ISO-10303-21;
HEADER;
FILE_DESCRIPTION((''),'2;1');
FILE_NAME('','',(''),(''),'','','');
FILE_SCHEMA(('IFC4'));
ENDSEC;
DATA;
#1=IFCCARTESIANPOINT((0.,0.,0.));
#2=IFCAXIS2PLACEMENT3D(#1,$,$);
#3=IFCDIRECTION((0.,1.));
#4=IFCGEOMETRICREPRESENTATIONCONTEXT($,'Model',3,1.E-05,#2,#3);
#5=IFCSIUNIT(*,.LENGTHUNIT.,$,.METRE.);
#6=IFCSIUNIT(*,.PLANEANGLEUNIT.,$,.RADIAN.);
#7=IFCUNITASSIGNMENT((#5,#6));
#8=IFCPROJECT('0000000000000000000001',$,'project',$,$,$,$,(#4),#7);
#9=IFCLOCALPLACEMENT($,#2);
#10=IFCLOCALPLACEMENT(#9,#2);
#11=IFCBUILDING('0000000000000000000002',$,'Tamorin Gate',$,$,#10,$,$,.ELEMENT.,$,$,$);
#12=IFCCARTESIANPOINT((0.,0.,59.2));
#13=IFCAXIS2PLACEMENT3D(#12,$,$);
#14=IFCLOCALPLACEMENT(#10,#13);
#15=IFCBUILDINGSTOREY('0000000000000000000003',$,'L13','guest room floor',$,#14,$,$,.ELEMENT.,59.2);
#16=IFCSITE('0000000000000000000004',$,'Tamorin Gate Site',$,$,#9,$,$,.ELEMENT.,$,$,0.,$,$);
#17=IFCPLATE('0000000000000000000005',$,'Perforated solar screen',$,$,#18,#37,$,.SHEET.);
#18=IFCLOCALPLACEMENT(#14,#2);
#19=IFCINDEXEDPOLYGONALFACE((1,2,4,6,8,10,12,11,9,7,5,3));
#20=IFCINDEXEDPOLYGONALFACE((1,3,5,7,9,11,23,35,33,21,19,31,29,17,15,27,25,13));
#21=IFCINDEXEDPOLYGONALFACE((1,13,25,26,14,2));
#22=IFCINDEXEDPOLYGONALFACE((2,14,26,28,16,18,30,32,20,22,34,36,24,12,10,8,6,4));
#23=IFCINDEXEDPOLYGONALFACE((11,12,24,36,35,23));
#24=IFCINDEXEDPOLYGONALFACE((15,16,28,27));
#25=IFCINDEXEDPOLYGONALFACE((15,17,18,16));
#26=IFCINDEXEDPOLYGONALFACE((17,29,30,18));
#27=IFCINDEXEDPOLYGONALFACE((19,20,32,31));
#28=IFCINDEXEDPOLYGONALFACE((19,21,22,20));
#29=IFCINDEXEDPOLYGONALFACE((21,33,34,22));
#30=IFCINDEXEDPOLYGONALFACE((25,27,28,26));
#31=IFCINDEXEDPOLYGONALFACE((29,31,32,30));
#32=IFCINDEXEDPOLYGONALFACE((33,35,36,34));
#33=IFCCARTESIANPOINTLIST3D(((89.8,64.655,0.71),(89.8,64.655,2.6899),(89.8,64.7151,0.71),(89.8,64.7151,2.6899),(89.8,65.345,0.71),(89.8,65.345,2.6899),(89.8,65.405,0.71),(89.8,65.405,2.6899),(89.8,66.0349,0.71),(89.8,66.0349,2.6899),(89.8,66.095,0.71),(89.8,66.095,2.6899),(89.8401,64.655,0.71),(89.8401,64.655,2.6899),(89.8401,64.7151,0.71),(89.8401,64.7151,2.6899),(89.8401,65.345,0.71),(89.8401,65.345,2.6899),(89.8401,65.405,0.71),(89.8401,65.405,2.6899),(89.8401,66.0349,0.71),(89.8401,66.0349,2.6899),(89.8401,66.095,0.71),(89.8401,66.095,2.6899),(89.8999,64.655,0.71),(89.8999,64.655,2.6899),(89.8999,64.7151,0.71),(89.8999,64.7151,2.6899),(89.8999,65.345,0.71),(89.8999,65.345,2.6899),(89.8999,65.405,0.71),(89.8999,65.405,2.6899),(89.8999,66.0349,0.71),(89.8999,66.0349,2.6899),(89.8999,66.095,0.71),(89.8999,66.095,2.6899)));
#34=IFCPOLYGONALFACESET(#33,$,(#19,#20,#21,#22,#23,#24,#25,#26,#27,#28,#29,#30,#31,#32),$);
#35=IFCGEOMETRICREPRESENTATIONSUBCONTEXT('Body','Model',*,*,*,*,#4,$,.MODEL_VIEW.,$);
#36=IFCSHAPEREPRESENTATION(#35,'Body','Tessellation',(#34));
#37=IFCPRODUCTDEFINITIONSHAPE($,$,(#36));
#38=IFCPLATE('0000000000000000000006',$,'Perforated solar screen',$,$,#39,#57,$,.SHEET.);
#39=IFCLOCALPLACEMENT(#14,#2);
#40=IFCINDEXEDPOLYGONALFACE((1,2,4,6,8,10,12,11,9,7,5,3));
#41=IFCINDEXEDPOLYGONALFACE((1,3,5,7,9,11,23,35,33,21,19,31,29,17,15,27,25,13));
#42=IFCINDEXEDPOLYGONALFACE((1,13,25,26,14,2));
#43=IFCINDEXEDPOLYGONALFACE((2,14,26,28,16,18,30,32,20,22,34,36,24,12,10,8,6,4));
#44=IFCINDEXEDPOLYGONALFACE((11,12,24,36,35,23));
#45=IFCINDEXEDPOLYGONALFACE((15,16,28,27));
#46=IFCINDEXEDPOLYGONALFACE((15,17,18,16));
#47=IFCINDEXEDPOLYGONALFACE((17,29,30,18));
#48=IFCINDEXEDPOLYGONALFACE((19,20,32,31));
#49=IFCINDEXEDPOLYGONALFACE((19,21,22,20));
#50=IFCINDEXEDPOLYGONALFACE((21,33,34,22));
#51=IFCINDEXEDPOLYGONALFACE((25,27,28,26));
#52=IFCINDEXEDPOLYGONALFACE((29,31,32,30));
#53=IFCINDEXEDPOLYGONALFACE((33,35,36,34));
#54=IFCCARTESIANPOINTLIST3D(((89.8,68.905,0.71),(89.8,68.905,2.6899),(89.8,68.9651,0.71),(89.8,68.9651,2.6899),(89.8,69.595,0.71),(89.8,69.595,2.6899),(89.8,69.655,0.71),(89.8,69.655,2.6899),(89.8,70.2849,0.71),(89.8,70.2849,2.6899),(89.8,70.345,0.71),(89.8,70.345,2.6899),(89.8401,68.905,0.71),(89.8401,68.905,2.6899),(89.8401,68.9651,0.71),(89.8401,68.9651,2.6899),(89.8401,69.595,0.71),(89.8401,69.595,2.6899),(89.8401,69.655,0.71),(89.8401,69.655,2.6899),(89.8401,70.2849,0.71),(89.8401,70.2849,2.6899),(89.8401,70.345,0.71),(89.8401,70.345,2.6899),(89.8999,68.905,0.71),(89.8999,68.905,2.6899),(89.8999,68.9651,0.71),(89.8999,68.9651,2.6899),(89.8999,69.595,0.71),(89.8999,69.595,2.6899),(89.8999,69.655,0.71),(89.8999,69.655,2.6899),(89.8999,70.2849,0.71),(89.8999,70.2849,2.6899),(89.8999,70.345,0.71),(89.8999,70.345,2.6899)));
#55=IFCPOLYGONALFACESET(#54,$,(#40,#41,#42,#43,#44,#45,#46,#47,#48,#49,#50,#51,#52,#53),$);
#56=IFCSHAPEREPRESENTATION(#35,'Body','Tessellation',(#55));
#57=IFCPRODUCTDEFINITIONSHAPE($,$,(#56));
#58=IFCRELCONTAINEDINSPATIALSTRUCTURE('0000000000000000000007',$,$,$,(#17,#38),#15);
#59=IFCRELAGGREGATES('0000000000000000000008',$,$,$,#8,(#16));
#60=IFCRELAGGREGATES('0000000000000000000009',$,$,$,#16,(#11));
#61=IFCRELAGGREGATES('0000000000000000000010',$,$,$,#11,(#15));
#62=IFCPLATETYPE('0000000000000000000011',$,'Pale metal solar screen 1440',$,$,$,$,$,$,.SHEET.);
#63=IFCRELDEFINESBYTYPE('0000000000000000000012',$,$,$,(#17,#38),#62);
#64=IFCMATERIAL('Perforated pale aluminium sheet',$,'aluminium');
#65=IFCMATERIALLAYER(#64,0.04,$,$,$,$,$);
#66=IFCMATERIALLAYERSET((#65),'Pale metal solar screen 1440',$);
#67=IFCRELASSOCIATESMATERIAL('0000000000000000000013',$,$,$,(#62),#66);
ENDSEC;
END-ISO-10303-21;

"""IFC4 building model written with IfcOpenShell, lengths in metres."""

from ifc_helpers import new_model, si_unit, direction, frame, origin, place, context, subcontext, project, spatial, polyline, outline, extrude, material, layer, layer_set, type_object, element, save


model = new_model("IFC4")

# Units and contexts
model_context = context("Model", 3, precision=1e-05, world=origin(), true_north=direction((0.0, 1.0)))
body_context = subcontext(model_context, "Body", "Model", "MODEL_VIEW")
ifc_project = project(units=[si_unit("LENGTHUNIT", "METRE"), si_unit("PLANEANGLEUNIT", "RADIAN")], contexts=[model_context])

# Site, building, storey
site_placement = place(None, origin())
site = spatial("IfcSite", under=ifc_project, at=site_placement, Name="Tamorin Gate Site", CompositionType="ELEMENT", RefElevation=0.0)
building_placement = place(site_placement, origin())
building = spatial("IfcBuilding", under=site, at=building_placement, Name="Tamorin Gate", CompositionType="ELEMENT")
storey_placement = place(building_placement, frame((0.0, 0.0, 59.2)))
storey = spatial("IfcBuildingStorey", under=building, at=storey_placement, Name="L13", Description="guest room floor", CompositionType="ELEMENT", Elevation=59.2)

# Plates
ifc_material_1 = material(Name="Perforated pale aluminium sheet", Category="aluminium")
ifc_layer_1 = layer(ifc_material_1, 0.04)
ifc_layer_set_1 = layer_set([ifc_layer_1], Name="Pale metal solar screen 1440")
plate_type = type_object("IfcPlateType", Name="Pale metal solar screen 1440", PredefinedType="SHEET", material=ifc_layer_set_1)
plate_1_placement = place(storey_placement, frame((0.0, 0.0, 0.71)))
element("IfcPlate", 1, at=plate_1_placement, inside=storey, type_object=plate_type, Name="Perforated solar screen", PredefinedType="SHEET", context=body_context, shape_type="SweptSolid", body=[
    extrude(outline(polyline([(89.8401, 64.655), (89.8, 64.655), (89.8, 64.7151), (89.8, 65.345), (89.8, 65.405), (89.8, 66.0349), (89.8, 66.095), (89.8401, 66.095), (89.8999, 66.095), (89.8999, 66.0349), (89.8401, 66.0349), (89.8401, 65.405), (89.8999, 65.405), (89.8999, 65.345), (89.8401, 65.345), (89.8401, 64.7151), (89.8999, 64.7151), (89.8999, 64.655), (89.8401, 64.655)])), origin(), (0.0, 0.0, 1.0), 1.98),
])
plate_2_placement = place(storey_placement, frame((0.0, 0.0, 0.71)))
element("IfcPlate", 2, at=plate_2_placement, inside=storey, type_object=plate_type, Name="Perforated solar screen", PredefinedType="SHEET", context=body_context, shape_type="SweptSolid", body=[
    extrude(outline(polyline([(89.8401, 68.905), (89.8, 68.905), (89.8, 68.9651), (89.8, 69.595), (89.8, 69.655), (89.8, 70.2849), (89.8, 70.345), (89.8401, 70.345), (89.8999, 70.345), (89.8999, 70.2849), (89.8401, 70.2849), (89.8401, 69.655), (89.8999, 69.655), (89.8999, 69.595), (89.8401, 69.595), (89.8401, 68.9651), (89.8999, 68.9651), (89.8999, 68.905), (89.8401, 68.905)])), origin(), (0.0, 0.0, 1.0), 1.98),
])

save(model, "model.ifc")
